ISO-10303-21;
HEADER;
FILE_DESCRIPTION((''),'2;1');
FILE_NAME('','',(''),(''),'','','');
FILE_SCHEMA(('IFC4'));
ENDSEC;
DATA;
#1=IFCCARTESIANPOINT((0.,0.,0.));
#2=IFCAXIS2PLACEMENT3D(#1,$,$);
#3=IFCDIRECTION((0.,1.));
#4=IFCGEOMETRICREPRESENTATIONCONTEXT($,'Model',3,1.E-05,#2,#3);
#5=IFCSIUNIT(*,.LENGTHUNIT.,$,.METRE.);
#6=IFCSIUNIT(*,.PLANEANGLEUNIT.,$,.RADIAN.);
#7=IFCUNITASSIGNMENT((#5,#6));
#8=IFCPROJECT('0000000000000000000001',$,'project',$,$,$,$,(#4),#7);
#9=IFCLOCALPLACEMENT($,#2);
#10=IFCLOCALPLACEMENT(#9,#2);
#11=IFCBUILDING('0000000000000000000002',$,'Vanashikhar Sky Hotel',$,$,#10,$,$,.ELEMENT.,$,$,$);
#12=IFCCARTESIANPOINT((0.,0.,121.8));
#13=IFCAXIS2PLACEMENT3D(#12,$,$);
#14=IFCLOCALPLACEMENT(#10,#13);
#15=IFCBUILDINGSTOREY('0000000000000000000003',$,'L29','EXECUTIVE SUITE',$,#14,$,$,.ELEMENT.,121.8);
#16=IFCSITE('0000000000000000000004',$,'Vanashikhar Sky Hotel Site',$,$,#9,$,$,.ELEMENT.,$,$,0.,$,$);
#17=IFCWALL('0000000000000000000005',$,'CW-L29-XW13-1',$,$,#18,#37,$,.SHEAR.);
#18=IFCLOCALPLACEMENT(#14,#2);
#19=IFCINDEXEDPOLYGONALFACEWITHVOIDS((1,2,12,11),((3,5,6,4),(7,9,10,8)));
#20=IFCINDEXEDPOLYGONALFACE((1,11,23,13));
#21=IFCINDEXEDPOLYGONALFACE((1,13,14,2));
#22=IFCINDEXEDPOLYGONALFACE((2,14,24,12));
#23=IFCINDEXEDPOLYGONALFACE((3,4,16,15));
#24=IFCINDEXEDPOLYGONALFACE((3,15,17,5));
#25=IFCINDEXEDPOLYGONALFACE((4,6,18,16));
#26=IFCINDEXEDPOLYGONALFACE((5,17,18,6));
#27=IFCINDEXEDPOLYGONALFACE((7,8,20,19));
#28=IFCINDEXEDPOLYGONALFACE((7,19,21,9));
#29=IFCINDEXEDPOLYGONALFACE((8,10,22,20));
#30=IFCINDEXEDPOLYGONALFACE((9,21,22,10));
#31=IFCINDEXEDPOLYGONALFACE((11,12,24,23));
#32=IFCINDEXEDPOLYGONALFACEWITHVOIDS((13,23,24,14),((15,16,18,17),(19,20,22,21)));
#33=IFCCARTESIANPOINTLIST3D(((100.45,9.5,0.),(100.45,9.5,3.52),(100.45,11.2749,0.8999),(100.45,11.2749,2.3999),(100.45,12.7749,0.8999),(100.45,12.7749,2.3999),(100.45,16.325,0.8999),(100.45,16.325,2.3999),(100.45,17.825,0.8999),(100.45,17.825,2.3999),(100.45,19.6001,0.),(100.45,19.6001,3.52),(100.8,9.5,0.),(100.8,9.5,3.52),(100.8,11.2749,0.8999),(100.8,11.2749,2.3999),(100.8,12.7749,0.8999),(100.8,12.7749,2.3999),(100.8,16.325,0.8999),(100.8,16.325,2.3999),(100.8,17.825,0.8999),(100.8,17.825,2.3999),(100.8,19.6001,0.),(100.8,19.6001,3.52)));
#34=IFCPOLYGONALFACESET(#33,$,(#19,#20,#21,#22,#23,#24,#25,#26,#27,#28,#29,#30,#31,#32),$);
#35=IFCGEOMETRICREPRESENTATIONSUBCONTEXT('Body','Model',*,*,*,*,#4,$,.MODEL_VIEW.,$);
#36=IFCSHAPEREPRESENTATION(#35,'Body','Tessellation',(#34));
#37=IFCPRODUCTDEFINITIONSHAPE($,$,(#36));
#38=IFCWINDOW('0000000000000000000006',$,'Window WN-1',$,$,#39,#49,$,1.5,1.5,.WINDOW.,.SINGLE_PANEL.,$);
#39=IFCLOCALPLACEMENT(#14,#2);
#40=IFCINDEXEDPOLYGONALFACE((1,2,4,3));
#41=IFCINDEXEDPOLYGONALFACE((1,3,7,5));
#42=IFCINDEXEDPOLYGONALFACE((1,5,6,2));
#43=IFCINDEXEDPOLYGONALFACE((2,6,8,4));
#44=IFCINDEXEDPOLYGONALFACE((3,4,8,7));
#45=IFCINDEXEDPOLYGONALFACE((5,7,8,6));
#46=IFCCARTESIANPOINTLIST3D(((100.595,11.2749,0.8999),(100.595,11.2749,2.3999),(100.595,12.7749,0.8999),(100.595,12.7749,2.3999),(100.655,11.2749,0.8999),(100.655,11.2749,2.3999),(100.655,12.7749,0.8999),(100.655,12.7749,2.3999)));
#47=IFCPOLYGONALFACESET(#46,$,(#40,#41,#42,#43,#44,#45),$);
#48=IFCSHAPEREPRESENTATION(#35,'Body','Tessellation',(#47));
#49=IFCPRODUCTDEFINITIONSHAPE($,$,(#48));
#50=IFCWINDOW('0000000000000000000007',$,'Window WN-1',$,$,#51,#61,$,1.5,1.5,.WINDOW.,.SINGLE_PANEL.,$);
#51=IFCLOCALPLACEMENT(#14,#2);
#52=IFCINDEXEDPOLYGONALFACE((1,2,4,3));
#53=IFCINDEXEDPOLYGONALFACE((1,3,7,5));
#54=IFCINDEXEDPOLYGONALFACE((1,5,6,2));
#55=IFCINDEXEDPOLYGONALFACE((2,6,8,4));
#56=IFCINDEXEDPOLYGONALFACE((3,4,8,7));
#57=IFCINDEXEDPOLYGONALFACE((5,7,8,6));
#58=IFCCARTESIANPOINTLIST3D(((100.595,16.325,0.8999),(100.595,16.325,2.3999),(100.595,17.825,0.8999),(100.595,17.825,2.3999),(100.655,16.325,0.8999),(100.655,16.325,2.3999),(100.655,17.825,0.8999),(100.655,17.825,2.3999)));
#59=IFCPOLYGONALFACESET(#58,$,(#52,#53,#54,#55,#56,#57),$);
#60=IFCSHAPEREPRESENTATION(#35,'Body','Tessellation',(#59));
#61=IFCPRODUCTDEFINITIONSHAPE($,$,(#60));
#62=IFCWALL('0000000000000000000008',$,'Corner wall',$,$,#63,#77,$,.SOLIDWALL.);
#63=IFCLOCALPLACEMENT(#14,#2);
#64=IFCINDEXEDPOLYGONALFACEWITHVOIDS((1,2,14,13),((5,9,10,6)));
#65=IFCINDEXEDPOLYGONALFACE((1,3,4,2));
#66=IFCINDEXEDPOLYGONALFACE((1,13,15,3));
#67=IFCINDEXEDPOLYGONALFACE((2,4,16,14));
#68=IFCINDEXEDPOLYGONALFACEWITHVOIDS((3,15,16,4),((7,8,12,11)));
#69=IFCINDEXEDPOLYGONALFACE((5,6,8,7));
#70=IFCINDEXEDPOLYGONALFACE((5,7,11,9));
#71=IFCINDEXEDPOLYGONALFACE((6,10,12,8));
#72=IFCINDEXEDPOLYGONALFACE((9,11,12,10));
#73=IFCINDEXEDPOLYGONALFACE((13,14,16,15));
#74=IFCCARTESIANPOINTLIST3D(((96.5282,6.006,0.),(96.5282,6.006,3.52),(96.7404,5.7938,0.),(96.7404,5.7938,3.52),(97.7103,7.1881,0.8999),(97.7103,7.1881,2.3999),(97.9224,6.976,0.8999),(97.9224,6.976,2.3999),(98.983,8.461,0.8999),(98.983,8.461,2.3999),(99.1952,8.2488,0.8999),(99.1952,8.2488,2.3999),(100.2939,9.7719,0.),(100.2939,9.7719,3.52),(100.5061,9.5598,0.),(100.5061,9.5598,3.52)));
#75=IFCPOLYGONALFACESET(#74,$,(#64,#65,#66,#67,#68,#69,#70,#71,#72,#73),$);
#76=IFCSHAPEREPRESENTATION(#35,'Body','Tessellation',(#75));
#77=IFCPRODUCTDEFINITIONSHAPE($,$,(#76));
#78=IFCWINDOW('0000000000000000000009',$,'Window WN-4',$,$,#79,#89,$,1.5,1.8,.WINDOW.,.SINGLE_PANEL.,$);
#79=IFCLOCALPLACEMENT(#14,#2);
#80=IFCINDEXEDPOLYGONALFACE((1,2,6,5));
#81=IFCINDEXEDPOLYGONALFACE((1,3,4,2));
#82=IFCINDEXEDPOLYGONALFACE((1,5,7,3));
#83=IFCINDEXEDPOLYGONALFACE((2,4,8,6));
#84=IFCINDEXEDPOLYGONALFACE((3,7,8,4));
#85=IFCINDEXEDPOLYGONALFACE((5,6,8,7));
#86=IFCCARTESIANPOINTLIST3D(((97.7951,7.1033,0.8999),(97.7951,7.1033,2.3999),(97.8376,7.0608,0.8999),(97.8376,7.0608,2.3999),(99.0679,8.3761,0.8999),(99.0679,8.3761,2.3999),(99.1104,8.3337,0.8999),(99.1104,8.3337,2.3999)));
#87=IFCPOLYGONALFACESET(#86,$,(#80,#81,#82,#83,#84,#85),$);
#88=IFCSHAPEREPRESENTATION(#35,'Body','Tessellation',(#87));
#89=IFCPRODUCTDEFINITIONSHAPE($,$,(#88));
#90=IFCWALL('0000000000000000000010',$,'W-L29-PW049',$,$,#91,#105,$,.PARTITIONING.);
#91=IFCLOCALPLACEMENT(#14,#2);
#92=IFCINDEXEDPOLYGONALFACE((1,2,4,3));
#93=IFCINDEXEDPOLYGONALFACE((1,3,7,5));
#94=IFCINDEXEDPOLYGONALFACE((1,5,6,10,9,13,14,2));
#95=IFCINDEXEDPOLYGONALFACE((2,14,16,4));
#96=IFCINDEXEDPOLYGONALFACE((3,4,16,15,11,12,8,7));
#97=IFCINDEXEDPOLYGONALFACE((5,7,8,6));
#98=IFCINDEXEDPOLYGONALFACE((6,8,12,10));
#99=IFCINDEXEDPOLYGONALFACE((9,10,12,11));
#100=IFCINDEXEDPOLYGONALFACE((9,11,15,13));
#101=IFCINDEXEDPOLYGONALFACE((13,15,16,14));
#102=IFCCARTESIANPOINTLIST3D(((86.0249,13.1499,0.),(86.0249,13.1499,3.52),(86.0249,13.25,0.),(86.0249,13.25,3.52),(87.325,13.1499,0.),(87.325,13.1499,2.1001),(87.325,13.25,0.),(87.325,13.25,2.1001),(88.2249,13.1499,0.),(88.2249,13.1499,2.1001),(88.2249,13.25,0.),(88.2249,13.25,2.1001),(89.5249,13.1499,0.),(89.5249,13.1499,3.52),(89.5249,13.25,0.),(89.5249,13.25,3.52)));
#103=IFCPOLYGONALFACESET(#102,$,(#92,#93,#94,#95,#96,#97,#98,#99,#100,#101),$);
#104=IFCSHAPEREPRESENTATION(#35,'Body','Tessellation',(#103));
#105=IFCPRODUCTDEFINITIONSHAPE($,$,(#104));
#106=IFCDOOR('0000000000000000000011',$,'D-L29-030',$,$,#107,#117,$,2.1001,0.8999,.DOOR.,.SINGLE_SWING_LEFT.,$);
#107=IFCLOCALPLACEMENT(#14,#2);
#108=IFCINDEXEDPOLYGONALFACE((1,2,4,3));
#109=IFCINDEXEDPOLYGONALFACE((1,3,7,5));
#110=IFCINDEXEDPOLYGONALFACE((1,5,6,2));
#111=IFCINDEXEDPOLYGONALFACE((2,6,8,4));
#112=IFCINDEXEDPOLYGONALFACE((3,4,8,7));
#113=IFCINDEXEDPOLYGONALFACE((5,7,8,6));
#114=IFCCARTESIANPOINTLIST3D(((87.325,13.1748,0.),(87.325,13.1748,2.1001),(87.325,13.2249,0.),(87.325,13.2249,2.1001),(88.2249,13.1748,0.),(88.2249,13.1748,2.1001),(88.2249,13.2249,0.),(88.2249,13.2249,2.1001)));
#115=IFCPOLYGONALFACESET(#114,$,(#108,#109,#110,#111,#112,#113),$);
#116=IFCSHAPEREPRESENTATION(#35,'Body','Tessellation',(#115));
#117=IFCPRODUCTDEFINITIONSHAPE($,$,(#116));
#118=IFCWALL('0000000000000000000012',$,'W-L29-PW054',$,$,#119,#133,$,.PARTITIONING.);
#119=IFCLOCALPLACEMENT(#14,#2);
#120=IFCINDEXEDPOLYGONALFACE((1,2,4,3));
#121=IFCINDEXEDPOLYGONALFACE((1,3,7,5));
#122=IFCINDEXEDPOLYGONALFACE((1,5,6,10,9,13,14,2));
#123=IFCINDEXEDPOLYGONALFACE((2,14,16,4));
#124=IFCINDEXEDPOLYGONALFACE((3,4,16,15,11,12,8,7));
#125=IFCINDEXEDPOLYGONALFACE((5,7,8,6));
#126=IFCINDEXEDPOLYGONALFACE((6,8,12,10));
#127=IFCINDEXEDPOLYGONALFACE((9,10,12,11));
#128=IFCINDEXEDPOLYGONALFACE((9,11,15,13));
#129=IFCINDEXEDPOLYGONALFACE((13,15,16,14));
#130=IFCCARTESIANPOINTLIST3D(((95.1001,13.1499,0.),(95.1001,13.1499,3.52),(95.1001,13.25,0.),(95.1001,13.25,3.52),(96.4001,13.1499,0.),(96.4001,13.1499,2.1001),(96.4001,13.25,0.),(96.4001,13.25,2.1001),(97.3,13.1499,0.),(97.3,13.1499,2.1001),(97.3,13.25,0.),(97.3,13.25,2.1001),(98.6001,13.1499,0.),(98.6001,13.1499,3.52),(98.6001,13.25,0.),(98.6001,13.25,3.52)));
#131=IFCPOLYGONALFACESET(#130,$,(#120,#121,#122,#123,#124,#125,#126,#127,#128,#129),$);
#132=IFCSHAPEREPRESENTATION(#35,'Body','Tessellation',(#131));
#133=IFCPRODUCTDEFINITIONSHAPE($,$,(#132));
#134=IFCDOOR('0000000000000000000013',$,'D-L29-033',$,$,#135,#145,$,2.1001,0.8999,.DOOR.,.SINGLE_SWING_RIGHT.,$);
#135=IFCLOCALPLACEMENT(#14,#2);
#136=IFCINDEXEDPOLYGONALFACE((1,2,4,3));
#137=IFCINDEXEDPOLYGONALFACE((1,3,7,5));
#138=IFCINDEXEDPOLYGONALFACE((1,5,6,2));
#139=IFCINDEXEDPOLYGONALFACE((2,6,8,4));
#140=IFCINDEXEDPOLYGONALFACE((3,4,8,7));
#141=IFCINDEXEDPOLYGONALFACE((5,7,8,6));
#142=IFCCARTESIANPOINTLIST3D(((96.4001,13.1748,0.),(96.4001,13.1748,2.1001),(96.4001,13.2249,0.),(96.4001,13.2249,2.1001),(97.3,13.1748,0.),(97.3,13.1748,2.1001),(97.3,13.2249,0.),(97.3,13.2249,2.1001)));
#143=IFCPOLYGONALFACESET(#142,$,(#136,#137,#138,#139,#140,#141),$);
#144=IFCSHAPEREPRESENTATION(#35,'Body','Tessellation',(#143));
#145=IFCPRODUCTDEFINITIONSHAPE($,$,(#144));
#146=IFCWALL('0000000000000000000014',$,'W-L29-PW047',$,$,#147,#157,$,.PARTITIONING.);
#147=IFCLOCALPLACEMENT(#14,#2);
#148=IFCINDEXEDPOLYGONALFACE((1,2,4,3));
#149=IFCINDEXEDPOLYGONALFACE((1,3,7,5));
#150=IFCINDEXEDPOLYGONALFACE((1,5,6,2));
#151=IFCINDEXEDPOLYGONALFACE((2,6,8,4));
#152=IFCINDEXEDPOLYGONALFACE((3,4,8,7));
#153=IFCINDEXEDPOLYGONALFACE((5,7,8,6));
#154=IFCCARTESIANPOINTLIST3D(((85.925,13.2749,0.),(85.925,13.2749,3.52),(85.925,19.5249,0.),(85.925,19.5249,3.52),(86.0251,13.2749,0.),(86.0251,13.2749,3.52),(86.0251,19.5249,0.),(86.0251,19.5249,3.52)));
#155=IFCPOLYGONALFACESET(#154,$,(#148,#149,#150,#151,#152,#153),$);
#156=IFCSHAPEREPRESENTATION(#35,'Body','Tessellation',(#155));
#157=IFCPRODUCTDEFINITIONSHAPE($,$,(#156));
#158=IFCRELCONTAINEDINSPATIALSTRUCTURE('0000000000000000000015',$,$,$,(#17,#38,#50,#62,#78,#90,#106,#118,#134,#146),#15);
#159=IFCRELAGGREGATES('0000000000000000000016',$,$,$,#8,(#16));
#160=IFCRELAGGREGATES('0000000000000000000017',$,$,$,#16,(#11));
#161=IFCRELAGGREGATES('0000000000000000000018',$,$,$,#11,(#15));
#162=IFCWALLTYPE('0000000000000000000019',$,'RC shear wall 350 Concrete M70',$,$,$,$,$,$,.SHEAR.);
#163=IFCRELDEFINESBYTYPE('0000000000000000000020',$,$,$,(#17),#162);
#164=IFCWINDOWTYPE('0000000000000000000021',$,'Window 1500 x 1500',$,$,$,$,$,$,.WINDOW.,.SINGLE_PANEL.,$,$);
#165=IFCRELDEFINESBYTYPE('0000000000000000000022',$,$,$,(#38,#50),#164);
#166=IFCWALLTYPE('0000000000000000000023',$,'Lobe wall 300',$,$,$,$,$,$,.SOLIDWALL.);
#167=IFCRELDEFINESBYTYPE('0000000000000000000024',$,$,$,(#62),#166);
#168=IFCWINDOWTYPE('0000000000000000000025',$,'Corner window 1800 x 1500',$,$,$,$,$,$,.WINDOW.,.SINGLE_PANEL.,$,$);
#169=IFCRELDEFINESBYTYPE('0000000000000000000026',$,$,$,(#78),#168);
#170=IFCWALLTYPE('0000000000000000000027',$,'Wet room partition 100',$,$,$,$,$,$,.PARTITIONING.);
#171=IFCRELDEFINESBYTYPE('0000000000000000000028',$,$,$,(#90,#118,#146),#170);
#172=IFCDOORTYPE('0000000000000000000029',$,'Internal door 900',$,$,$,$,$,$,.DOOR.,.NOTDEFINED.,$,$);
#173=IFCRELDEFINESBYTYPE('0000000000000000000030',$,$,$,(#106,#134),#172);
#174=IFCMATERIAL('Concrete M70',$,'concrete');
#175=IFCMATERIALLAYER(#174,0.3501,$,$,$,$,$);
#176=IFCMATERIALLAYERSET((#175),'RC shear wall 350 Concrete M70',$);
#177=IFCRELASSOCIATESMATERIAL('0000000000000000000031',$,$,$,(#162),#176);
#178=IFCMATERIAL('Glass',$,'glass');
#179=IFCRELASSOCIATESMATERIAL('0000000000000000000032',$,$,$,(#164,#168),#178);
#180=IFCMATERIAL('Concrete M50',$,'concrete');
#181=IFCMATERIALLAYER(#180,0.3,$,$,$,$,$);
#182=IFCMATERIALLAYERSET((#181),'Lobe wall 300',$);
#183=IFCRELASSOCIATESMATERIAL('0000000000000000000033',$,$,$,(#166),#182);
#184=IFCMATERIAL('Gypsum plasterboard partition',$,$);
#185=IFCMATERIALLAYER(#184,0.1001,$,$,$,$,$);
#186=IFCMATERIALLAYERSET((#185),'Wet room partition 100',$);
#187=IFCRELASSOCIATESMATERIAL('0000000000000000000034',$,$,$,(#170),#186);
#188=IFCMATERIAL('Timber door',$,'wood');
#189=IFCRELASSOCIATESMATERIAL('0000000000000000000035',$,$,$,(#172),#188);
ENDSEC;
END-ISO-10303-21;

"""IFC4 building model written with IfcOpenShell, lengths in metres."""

from ifc_helpers import new_model, si_unit, direction, frame, frame_2d, origin, place, context, subcontext, project, spatial, rectangle, extrude, source, transform, mapped, material, layer, layer_set, type_object, element, fill, save


model = new_model("IFC4")

# Units and contexts
model_context = context("Model", 3, precision=1e-05, world=origin(), true_north=direction((0.0, 1.0)))
body_context = subcontext(model_context, "Body", "Model", "MODEL_VIEW")
ifc_project = project(units=[si_unit("LENGTHUNIT", "METRE"), si_unit("PLANEANGLEUNIT", "RADIAN")], contexts=[model_context])

# Site, building, storey
site_placement = place(None, origin())
site = spatial("IfcSite", under=ifc_project, at=site_placement, Name="Vanashikhar Sky Hotel Site", CompositionType="ELEMENT", RefElevation=0.0)
building_placement = place(site_placement, origin())
building = spatial("IfcBuilding", under=site, at=building_placement, Name="Vanashikhar Sky Hotel", CompositionType="ELEMENT")
storey_placement = place(building_placement, frame((0.0, 0.0, 121.8)))
storey = spatial("IfcBuildingStorey", under=building, at=storey_placement, Name="L29", Description="EXECUTIVE SUITE", CompositionType="ELEMENT", Elevation=121.8)

# Wall, openings, windows
ifc_material_1 = material(Name="Concrete M70", Category="concrete")
ifc_layer_1 = layer(ifc_material_1, 0.3501)
ifc_layer_set_1 = layer_set([ifc_layer_1], Name="RC shear wall 350 Concrete M70")
wall_type_1 = type_object("IfcWallType", Name="RC shear wall 350 Concrete M70", PredefinedType="SHEAR", material=ifc_layer_set_1)
shared_shape_1 = source(origin(), body_context, "Body", "SweptSolid", [
    extrude(rectangle(XDim=10.1001, YDim=0.3501, at=frame_2d((5.05, 0.0))), origin(), (0.0, 0.0, 1.0), 3.52),
])
wall_1_placement = place(storey_placement, frame((100.625, 9.5, 0.0), z_axis=(0.0, 0.0, 1.0), x_axis=(0.0, 1.0, 0.0)))
wall_1 = element("IfcWall", 1, at=wall_1_placement, inside=storey, type_object=wall_type_1, Name="CW-L29-XW13-1", PredefinedType="SHEAR", context=body_context, shape_type="MappedRepresentation", body=[
    mapped(shared_shape_1, transform((0.0, 0.0, 0.0), scale=1.0)),
])
shared_shape_2 = source(origin(), body_context, "Body", "SweptSolid", [
    extrude(rectangle(XDim=1.5, YDim=1.5, at=frame_2d((0.75, 0.75))), frame((0.0, 0.1851, 0.0), z_axis=(0.0, -1.0, 0.0), x_axis=(1.0, 0.0, 0.0)), (0.0, 0.0, 1.0), 0.3701),
])
opening_1_placement = place(wall_1_placement, frame((1.7749, 0.0, 0.8999)))
opening_1 = element("IfcOpeningElement", 2, at=opening_1_placement, cuts=wall_1, PredefinedType="OPENING", context=body_context, shape_type="MappedRepresentation", body=[
    mapped(shared_shape_2, transform((0.0, 0.0, 0.0), scale=1.0)),
])
opening_2_placement = place(wall_1_placement, frame((6.825, 0.0, 0.8999)))
opening_2 = element("IfcOpeningElement", 3, at=opening_2_placement, cuts=wall_1, PredefinedType="OPENING", context=body_context, shape_type="MappedRepresentation", body=[
    mapped(shared_shape_2, transform((0.0, 0.0, 0.0), scale=1.0)),
])
ifc_material_2 = material(Name="Glass", Category="glass")
window_type_1 = type_object("IfcWindowType", Name="Window 1500 x 1500", PartitioningType="SINGLE_PANEL", PredefinedType="WINDOW", material=ifc_material_2)
shared_shape_3 = source(origin(), body_context, "Body", "SweptSolid", [
    extrude(rectangle(XDim=1.5, YDim=1.5, at=frame_2d((0.75, 0.75))), frame((0.0, 0.03, 0.0), z_axis=(0.0, -1.0, 0.0), x_axis=(1.0, 0.0, 0.0)), (0.0, 0.0, 1.0), 0.0601),
])
window_1_placement = place(opening_1_placement, origin())
window_1 = element("IfcWindow", 4, at=window_1_placement, inside=storey, type_object=window_type_1, Name="Window WN-1", OverallHeight=1.5, OverallWidth=1.5, PartitioningType="SINGLE_PANEL", PredefinedType="WINDOW", context=body_context, shape_type="MappedRepresentation", body=[
    mapped(shared_shape_3, transform((0.0, 0.0, 0.0), scale=1.0)),
])
fill(opening_1, window_1)
window_2_placement = place(opening_2_placement, origin())
window_2 = element("IfcWindow", 5, at=window_2_placement, inside=storey, type_object=window_type_1, Name="Window WN-1", OverallHeight=1.5, OverallWidth=1.5, PartitioningType="SINGLE_PANEL", PredefinedType="WINDOW", context=body_context, shape_type="MappedRepresentation", body=[
    mapped(shared_shape_3, transform((0.0, 0.0, 0.0), scale=1.0)),
])
fill(opening_2, window_2)

# Wall, opening, window
ifc_material_3 = material(Name="Concrete M50", Category="concrete")
ifc_layer_2 = layer(ifc_material_3, 0.3)
ifc_layer_set_2 = layer_set([ifc_layer_2], Name="Lobe wall 300")
wall_type_2 = type_object("IfcWallType", Name="Lobe wall 300", PredefinedType="SOLIDWALL", material=ifc_layer_set_2)
shared_shape_4 = source(origin(), body_context, "Body", "SweptSolid", [
    extrude(rectangle(XDim=5.3257, YDim=0.3, at=frame_2d((2.6628, 0.0))), origin(), (0.0, 0.0, 1.0), 3.52),
])
wall_2_placement = place(storey_placement, frame((96.6343, 5.8999, 0.0), z_axis=(0.0, 0.0, 1.0), x_axis=(0.707084, 0.70713, 0.0)))
wall_2 = element("IfcWall", 6, at=wall_2_placement, inside=storey, type_object=wall_type_2, Name="Corner wall", PredefinedType="SOLIDWALL", context=body_context, shape_type="MappedRepresentation", body=[
    mapped(shared_shape_4, transform((0.0, 0.0, 0.0), scale=1.0)),
])
shared_shape_5 = source(origin(), body_context, "Body", "SweptSolid", [
    extrude(rectangle(XDim=1.8, YDim=1.5, at=frame_2d((0.8999, 0.75))), frame((0.0, 0.1602, 0.0), z_axis=(0.0, -1.0, 0.0), x_axis=(1.0, 0.0, 0.0)), (0.0, 0.0, 1.0), 0.3201),
])
opening_3_placement = place(wall_2_placement, frame((1.6719, 0.0, 0.8999)))
opening_3 = element("IfcOpeningElement", 7, at=opening_3_placement, cuts=wall_2, PredefinedType="OPENING", context=body_context, shape_type="MappedRepresentation", body=[
    mapped(shared_shape_5, transform((0.0, 0.0, 0.0), scale=1.0)),
])
window_type_2 = type_object("IfcWindowType", Name="Corner window 1800 x 1500", PartitioningType="SINGLE_PANEL", PredefinedType="WINDOW", material=ifc_material_2)
shared_shape_6 = source(origin(), body_context, "Body", "SweptSolid", [
    extrude(rectangle(XDim=1.8, YDim=1.5, at=frame_2d((0.8999, 0.75))), frame((0.0, 0.03, 0.0), z_axis=(0.0, -1.0, 0.0), x_axis=(1.0, 0.0, 0.0)), (0.0, 0.0, 1.0), 0.0601),
])
window_3_placement = place(opening_3_placement, origin())
window_3 = element("IfcWindow", 8, at=window_3_placement, inside=storey, type_object=window_type_2, Name="Window WN-4", OverallHeight=1.5, OverallWidth=1.8, PartitioningType="SINGLE_PANEL", PredefinedType="WINDOW", context=body_context, shape_type="MappedRepresentation", body=[
    mapped(shared_shape_6, transform((0.0, 0.0, 0.0), scale=1.0)),
])
fill(opening_3, window_3)

# Walls, openings, doors
ifc_material_4 = material(Name="Gypsum plasterboard partition")
ifc_layer_3 = layer(ifc_material_4, 0.1001)
ifc_layer_set_3 = layer_set([ifc_layer_3], Name="Wet room partition 100")
wall_type_3 = type_object("IfcWallType", Name="Wet room partition 100", PredefinedType="PARTITIONING", material=ifc_layer_set_3)
shared_shape_7 = source(origin(), body_context, "Body", "SweptSolid", [
    extrude(rectangle(XDim=3.5, YDim=0.1001, at=frame_2d((1.75, 0.0))), origin(), (0.0, 0.0, 1.0), 3.52),
])
wall_3_placement = place(storey_placement, frame((86.0249, 13.2, 0.0), z_axis=(0.0, 0.0, 1.0), x_axis=(1.0, 0.0, 0.0)))
wall_3 = element("IfcWall", 9, at=wall_3_placement, inside=storey, type_object=wall_type_3, Name="W-L29-PW049", PredefinedType="PARTITIONING", context=body_context, shape_type="MappedRepresentation", body=[
    mapped(shared_shape_7, transform((0.0, 0.0, 0.0), scale=1.0)),
])
shared_shape_8 = source(origin(), body_context, "Body", "SweptSolid", [
    extrude(rectangle(XDim=0.8999, YDim=2.1001, at=frame_2d((0.45, 1.05))), frame((0.0, 0.0601, 0.0), z_axis=(0.0, -1.0, 0.0), x_axis=(1.0, 0.0, 0.0)), (0.0, 0.0, 1.0), 0.1201),
])
opening_4_placement = place(wall_3_placement, frame((1.3, 0.0, 0.0)))
opening_4 = element("IfcOpeningElement", 10, at=opening_4_placement, cuts=wall_3, PredefinedType="OPENING", context=body_context, shape_type="MappedRepresentation", body=[
    mapped(shared_shape_8, transform((0.0, 0.0, 0.0), scale=1.0)),
])
ifc_material_5 = material(Name="Timber door", Category="wood")
door_type_1 = type_object("IfcDoorType", Name="Internal door 900", OperationType="NOTDEFINED", PredefinedType="DOOR", material=ifc_material_5)
shared_shape_9 = source(origin(), body_context, "Body", "SweptSolid", [
    extrude(rectangle(XDim=0.8999, YDim=2.1001, at=frame_2d((0.45, 1.05))), frame((0.0, 0.0249, 0.0), z_axis=(0.0, -1.0, 0.0), x_axis=(1.0, 0.0, 0.0)), (0.0, 0.0, 1.0), 0.05),
])
door_1_placement = place(opening_4_placement, origin())
door_1 = element("IfcDoor", 11, at=door_1_placement, inside=storey, type_object=door_type_1, Name="D-L29-030", OperationType="SINGLE_SWING_LEFT", OverallHeight=2.1001, OverallWidth=0.8999, PredefinedType="DOOR", context=body_context, shape_type="MappedRepresentation", body=[
    mapped(shared_shape_9, transform((0.0, 0.0, 0.0), scale=1.0)),
])
fill(opening_4, door_1)
wall_4_placement = place(storey_placement, frame((95.1001, 13.2, 0.0), z_axis=(0.0, 0.0, 1.0), x_axis=(1.0, 0.0, 0.0)))
wall_4 = element("IfcWall", 12, at=wall_4_placement, inside=storey, type_object=wall_type_3, Name="W-L29-PW054", PredefinedType="PARTITIONING", context=body_context, shape_type="MappedRepresentation", body=[
    mapped(shared_shape_7, transform((0.0, 0.0, 0.0), scale=1.0)),
])
opening_5_placement = place(wall_4_placement, frame((1.3, 0.0, 0.0)))
opening_5 = element("IfcOpeningElement", 13, at=opening_5_placement, cuts=wall_4, PredefinedType="OPENING", context=body_context, shape_type="MappedRepresentation", body=[
    mapped(shared_shape_8, transform((0.0, 0.0, 0.0), scale=1.0)),
])
door_2_placement = place(opening_5_placement, origin())
door_2 = element("IfcDoor", 14, at=door_2_placement, inside=storey, type_object=door_type_1, Name="D-L29-033", OperationType="SINGLE_SWING_RIGHT", OverallHeight=2.1001, OverallWidth=0.8999, PredefinedType="DOOR", context=body_context, shape_type="MappedRepresentation", body=[
    mapped(shared_shape_9, transform((0.0, 0.0, 0.0), scale=1.0)),
])
fill(opening_5, door_2)

# Wall
shared_shape_10 = source(origin(), body_context, "Body", "SweptSolid", [
    extrude(rectangle(XDim=6.25, YDim=0.1001, at=frame_2d((3.125, 0.0))), origin(), (0.0, 0.0, 1.0), 3.52),
])
for number, where, z_axis, x_axis, name in (
    (15, (85.9751, 13.2749, 0.0), (0.0, 0.0, 1.0), (0.0, 1.0, 0.0), "W-L29-PW047"),
):
    element("IfcWall", number, at=place(storey_placement, frame(where, z_axis=z_axis, x_axis=x_axis)), inside=storey, type_object=wall_type_3, Name=name, PredefinedType="PARTITIONING", context=body_context, shape_type="MappedRepresentation", body=[
        mapped(shared_shape_10, transform((0.0, 0.0, 0.0), scale=1.0)),
    ])

save(model, "model.ifc")
